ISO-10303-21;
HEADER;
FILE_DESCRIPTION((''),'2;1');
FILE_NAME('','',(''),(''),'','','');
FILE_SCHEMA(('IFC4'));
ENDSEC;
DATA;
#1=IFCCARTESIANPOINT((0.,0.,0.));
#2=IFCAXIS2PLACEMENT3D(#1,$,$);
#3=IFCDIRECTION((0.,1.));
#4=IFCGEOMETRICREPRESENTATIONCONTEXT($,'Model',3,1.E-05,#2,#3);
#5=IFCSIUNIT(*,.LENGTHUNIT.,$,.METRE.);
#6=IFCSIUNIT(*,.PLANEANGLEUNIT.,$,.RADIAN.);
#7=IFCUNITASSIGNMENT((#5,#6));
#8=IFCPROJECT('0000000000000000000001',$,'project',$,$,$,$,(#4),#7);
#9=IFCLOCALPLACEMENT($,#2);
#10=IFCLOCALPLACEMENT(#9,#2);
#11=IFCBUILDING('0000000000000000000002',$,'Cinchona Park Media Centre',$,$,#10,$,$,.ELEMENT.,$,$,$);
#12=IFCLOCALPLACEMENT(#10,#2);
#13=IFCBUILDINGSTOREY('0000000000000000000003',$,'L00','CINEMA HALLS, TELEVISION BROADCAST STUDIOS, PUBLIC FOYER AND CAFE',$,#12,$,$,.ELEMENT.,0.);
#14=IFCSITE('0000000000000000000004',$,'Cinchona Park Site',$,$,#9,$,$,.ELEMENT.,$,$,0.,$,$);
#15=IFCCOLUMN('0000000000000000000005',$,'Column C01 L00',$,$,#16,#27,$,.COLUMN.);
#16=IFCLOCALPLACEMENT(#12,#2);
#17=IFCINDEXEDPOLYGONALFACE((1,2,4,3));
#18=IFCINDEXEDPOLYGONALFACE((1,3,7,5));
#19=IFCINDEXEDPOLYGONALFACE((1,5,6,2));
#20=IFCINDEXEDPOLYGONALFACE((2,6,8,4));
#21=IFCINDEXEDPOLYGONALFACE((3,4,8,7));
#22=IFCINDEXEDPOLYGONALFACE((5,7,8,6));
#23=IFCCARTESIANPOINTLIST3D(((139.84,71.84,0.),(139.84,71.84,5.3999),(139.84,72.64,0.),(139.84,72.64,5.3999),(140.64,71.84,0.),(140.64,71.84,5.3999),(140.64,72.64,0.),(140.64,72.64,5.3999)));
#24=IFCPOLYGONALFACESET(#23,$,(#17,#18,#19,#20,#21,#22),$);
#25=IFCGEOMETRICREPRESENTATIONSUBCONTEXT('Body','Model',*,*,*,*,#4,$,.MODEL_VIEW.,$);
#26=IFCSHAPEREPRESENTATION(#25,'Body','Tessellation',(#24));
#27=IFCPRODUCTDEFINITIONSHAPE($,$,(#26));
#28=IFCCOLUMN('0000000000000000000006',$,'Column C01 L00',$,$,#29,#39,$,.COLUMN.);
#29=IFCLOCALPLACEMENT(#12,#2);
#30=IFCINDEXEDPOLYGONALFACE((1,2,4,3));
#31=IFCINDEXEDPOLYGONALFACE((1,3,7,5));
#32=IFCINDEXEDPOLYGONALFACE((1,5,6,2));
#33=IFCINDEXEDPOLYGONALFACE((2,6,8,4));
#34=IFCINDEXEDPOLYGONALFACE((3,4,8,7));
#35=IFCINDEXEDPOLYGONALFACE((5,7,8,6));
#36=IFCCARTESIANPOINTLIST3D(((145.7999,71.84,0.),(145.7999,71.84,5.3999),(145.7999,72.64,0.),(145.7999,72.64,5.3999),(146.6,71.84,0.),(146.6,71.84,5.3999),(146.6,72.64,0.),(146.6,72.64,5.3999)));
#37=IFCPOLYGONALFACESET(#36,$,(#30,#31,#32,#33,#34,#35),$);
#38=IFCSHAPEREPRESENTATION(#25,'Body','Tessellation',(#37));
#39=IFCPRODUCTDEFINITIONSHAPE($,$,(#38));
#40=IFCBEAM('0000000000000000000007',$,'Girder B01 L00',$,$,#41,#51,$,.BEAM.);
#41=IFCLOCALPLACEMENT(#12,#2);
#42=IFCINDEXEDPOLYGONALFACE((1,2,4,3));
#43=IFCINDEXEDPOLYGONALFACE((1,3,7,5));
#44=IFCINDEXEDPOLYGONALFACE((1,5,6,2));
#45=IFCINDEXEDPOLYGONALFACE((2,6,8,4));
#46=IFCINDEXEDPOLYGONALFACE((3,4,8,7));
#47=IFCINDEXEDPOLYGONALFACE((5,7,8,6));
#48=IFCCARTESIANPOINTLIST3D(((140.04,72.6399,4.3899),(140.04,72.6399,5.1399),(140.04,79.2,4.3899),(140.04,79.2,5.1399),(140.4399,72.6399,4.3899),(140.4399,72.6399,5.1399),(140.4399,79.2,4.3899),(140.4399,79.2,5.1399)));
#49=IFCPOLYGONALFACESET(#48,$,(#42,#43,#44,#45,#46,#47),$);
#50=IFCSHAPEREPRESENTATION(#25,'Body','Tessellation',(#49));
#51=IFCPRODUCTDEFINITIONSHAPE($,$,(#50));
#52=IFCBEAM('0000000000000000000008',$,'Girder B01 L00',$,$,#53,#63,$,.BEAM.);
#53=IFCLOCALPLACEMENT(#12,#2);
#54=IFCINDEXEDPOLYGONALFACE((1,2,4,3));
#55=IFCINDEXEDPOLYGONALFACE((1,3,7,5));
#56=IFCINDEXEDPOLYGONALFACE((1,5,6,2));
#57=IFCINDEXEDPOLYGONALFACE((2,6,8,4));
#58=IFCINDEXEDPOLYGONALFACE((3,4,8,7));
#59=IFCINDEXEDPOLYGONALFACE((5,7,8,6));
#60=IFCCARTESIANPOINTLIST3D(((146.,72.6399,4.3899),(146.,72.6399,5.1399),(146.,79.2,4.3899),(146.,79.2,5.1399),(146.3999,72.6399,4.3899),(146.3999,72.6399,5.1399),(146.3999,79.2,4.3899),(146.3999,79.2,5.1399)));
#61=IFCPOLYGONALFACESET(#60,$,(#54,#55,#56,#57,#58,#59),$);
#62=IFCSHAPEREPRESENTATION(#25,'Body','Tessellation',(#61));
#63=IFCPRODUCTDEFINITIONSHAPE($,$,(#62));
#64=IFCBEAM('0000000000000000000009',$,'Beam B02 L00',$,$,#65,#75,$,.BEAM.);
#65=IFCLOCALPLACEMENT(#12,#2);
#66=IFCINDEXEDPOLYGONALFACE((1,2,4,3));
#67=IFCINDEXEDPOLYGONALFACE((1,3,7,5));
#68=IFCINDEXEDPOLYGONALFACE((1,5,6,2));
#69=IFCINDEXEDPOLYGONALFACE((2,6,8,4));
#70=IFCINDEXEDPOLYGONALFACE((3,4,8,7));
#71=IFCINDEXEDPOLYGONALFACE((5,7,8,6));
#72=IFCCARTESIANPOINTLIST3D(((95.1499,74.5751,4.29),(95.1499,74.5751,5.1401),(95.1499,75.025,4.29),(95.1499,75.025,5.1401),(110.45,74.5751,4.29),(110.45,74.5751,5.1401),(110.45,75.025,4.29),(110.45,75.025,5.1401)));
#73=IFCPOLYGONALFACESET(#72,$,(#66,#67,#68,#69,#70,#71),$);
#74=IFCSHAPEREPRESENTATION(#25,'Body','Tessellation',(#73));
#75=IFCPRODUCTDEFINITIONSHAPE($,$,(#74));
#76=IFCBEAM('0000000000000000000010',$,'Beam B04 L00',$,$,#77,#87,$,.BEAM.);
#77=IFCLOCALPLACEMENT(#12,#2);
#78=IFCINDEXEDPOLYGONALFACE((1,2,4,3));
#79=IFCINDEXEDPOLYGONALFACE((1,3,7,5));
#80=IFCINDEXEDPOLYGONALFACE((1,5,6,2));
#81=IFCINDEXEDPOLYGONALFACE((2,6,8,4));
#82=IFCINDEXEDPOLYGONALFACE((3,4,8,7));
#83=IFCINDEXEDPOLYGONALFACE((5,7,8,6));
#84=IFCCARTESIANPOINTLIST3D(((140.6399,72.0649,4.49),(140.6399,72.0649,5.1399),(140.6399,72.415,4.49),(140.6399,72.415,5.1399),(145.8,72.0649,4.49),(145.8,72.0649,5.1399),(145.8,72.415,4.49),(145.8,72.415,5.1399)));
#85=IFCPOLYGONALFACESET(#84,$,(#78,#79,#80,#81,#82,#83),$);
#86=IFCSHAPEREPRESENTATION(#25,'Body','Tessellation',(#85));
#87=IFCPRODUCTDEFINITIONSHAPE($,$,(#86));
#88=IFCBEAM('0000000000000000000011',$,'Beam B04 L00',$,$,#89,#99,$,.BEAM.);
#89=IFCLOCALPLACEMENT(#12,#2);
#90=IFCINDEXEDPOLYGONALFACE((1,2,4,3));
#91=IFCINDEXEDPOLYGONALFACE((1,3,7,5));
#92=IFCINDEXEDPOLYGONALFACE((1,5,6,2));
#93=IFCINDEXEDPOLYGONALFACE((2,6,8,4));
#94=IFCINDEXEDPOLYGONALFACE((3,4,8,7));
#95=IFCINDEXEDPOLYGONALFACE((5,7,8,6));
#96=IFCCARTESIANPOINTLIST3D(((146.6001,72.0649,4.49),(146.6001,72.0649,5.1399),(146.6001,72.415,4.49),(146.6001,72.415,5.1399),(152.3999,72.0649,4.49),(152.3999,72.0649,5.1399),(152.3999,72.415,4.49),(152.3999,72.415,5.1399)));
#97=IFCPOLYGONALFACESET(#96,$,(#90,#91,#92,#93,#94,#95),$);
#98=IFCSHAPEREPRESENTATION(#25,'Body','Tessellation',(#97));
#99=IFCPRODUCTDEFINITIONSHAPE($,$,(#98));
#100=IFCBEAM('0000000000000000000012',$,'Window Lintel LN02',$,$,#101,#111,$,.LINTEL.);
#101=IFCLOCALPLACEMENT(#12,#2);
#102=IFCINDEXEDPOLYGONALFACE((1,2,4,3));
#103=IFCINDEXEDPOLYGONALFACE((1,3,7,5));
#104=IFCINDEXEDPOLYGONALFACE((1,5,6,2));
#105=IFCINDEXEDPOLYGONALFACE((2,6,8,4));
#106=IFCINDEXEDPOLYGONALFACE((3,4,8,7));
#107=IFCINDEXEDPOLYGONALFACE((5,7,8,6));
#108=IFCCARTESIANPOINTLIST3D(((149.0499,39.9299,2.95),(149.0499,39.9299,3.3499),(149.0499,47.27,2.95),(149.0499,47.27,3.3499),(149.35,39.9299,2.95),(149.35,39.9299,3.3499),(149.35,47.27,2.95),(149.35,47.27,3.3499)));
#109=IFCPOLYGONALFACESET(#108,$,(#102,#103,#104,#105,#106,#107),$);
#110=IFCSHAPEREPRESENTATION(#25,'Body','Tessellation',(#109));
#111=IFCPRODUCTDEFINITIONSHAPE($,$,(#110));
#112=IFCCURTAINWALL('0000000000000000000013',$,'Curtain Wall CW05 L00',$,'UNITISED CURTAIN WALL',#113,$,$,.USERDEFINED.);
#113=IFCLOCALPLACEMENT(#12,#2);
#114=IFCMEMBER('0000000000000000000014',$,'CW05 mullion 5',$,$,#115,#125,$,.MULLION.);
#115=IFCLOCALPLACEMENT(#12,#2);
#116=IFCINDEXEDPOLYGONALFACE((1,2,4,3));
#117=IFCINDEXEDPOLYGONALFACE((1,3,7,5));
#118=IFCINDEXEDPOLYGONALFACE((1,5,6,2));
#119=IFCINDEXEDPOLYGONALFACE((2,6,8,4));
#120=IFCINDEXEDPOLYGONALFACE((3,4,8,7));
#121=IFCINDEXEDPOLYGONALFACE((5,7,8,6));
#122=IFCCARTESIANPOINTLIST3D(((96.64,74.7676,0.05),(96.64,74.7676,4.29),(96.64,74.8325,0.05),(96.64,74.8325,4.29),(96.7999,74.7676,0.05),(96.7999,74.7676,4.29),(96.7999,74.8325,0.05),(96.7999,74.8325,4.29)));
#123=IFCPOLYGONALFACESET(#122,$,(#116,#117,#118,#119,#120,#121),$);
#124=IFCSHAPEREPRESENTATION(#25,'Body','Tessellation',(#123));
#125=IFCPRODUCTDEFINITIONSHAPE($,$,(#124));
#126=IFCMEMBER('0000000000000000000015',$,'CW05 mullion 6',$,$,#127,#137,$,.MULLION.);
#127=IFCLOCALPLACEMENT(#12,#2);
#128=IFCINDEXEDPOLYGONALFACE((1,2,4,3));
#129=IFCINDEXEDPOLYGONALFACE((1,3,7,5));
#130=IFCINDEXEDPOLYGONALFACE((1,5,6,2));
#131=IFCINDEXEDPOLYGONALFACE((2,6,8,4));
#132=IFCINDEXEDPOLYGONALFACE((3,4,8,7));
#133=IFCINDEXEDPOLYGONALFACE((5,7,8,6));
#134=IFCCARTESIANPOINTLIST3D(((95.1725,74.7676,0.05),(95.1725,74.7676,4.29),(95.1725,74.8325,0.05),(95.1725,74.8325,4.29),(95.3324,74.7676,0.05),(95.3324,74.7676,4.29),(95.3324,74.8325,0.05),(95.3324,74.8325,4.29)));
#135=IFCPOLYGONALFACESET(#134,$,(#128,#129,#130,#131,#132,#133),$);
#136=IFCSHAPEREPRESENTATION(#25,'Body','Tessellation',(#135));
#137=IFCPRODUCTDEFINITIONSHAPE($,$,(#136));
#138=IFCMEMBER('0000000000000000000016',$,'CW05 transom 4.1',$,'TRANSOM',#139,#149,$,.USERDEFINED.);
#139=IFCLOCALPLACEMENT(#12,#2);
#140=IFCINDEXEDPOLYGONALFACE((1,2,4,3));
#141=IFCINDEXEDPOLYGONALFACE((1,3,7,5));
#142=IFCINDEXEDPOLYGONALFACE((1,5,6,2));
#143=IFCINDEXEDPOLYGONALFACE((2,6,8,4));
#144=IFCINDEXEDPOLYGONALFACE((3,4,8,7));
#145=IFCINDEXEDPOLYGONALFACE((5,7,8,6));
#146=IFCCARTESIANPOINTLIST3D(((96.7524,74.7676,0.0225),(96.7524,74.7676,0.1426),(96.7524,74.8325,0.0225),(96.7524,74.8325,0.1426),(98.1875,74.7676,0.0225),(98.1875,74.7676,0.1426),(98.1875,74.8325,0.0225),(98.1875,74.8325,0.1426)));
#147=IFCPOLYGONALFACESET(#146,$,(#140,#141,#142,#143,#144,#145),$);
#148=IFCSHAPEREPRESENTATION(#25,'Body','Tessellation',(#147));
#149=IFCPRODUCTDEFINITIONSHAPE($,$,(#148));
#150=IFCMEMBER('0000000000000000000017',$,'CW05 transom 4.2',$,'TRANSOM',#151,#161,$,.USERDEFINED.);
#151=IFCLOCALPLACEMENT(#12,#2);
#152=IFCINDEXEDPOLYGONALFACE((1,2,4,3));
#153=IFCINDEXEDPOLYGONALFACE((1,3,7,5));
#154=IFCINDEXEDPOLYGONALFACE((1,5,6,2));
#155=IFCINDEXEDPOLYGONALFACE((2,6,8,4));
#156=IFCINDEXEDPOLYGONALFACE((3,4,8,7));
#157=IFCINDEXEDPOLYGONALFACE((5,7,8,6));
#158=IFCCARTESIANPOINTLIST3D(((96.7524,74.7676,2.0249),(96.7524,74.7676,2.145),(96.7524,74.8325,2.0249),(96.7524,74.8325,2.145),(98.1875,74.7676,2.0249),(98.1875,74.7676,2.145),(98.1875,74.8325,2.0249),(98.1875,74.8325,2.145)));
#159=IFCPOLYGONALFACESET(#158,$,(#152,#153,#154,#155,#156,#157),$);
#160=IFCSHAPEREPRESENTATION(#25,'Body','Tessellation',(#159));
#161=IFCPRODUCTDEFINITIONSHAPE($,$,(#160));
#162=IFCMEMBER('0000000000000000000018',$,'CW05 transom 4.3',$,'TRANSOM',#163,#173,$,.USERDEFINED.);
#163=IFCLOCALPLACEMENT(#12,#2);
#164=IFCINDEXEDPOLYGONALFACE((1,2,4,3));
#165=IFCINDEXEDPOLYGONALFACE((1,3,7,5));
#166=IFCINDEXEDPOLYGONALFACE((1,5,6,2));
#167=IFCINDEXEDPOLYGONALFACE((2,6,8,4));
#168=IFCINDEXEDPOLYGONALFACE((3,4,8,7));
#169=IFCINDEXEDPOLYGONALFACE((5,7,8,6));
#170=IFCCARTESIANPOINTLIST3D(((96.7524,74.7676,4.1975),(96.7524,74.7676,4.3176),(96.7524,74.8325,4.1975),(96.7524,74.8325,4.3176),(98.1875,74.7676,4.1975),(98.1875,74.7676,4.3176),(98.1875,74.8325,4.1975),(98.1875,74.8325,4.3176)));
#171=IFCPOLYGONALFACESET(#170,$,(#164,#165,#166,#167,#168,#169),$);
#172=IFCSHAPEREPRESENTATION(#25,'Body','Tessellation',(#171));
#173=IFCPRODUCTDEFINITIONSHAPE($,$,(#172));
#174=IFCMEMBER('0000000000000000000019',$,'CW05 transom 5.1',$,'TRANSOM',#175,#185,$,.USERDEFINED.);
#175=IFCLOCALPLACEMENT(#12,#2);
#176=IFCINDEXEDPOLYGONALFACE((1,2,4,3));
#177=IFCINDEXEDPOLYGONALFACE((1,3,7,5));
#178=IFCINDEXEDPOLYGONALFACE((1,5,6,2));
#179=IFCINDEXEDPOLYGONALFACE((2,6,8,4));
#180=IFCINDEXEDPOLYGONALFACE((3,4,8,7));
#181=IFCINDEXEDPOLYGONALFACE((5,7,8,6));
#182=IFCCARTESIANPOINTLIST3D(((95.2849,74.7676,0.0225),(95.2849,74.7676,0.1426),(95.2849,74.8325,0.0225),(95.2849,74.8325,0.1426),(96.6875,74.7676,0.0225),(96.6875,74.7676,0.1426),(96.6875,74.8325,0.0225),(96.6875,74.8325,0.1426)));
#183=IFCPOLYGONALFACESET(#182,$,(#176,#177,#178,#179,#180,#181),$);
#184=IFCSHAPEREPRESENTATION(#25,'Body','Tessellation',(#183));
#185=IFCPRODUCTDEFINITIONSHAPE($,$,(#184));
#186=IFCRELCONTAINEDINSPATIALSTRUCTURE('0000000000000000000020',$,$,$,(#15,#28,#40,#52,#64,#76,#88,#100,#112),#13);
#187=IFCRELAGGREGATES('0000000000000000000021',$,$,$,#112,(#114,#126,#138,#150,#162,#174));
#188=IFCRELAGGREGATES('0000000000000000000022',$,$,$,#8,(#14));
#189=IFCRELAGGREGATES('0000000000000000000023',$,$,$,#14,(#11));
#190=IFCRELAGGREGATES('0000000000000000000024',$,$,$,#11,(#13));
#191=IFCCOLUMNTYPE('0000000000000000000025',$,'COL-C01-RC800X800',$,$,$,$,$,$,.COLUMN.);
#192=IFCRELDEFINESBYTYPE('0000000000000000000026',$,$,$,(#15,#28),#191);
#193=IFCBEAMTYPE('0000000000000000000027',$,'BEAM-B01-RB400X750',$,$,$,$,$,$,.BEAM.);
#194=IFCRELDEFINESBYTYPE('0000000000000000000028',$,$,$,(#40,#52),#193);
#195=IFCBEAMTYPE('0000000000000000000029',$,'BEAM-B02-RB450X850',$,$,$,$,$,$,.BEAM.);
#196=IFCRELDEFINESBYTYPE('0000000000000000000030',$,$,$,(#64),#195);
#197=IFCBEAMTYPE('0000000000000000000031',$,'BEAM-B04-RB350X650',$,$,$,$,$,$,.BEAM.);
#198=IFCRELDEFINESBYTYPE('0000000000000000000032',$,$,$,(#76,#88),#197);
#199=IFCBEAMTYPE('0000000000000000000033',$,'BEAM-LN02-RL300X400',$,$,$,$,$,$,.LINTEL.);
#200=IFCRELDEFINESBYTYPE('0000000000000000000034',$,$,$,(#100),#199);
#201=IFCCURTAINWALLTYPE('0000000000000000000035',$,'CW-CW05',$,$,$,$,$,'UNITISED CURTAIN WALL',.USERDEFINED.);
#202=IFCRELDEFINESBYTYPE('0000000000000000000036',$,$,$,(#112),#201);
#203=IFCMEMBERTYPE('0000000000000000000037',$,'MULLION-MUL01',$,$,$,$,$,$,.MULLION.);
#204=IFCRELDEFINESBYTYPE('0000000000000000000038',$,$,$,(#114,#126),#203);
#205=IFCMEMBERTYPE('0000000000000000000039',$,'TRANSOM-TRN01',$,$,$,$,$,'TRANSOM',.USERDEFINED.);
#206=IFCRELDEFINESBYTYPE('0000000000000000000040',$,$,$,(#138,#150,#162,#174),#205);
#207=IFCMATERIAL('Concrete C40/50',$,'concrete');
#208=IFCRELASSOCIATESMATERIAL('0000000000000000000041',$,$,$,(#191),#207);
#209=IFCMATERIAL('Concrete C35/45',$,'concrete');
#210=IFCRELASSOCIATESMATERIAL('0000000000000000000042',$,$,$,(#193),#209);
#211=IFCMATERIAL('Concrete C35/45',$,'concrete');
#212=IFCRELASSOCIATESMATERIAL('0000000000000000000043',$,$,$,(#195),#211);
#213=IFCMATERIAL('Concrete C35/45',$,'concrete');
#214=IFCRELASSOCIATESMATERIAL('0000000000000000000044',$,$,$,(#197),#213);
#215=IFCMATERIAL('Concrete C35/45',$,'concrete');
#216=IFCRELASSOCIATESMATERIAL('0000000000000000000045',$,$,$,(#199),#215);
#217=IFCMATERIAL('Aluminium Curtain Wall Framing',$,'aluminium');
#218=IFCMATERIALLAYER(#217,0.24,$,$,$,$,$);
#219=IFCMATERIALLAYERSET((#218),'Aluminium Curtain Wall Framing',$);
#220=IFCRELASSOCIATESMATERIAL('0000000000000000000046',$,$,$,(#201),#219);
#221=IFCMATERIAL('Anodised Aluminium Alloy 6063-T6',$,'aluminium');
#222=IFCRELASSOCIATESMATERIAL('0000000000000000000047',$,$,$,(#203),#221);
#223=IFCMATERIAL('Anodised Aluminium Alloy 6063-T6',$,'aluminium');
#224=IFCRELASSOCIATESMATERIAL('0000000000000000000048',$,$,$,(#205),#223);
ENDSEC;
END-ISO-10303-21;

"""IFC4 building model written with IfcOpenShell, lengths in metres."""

from ifc_helpers import new_model, si_unit, direction, frame, origin, origin_2d, place, context, subcontext, project, spatial, rectangle, extrude, material, layer, layer_set, material_profile, profile_set, type_object, element, aggregate, save


model = new_model("IFC4")

# Units and contexts
model_context = context("Model", 3, precision=1e-05, world=origin(), true_north=direction((0.0, 1.0)))
body_context = subcontext(model_context, "Body", "Model", "MODEL_VIEW")
ifc_project = project(units=[si_unit("LENGTHUNIT", "METRE"), si_unit("PLANEANGLEUNIT", "RADIAN")], contexts=[model_context])

# Site, building, storey
site_placement = place(None, origin())
site = spatial("IfcSite", under=ifc_project, at=site_placement, Name="Cinchona Park Site", CompositionType="ELEMENT", RefElevation=0.0)
building_placement = place(site_placement, origin())
building = spatial("IfcBuilding", under=site, at=building_placement, Name="Cinchona Park Media Centre", CompositionType="ELEMENT")
storey_placement = place(building_placement, origin())
storey = spatial("IfcBuildingStorey", under=building, at=storey_placement, Name="L00", Description="CINEMA HALLS, TELEVISION BROADCAST STUDIOS, PUBLIC FOYER AND CAFE", CompositionType="ELEMENT", Elevation=0.0)

# Columns
ifc_material_1 = material(Name="Concrete C40/50", Category="concrete")
ifc_material_profile_1 = material_profile(ifc_material_1, rectangle(XDim=0.8, YDim=0.8, at=origin_2d()), Name="RC 800X800")
ifc_profile_set_1 = profile_set([ifc_material_profile_1], Name="Concrete C40/50")
column_type = type_object("IfcColumnType", Name="COL-C01-RC800X800", PredefinedType="COLUMN", material=ifc_profile_set_1)
for number, where, z_axis, x_axis, name in (
    (1, (140.24, 72.24, 0.0), (0.0, 0.0, 1.0), (1.0, 0.0, 0.0), "Column C01 L00"),
    (2, (146.2, 72.24, 0.0), (0.0, 0.0, 1.0), (1.0, 0.0, 0.0), "Column C01 L00"),
):
    element("IfcColumn", number, at=place(storey_placement, frame(where, z_axis=z_axis, x_axis=x_axis)), inside=storey, type_object=column_type, Name=name, PredefinedType="COLUMN", context=body_context, shape_type="SweptSolid", body=[
        extrude(rectangle(XDim=0.8, YDim=0.8, at=origin_2d()), origin(), (0.0, 0.0, 1.0), 5.3999),
    ])

# Beams
ifc_material_2 = material(Name="Concrete C35/45", Category="concrete")
ifc_material_profile_2 = material_profile(ifc_material_2, rectangle(XDim=0.3999, YDim=0.75, at=origin_2d()), Name="RB 400X750")
ifc_profile_set_2 = profile_set([ifc_material_profile_2], Name="Concrete C35/45")
beam_type_1 = type_object("IfcBeamType", Name="BEAM-B01-RB400X750", PredefinedType="BEAM", material=ifc_profile_set_2)
for number, where, z_axis, x_axis, name in (
    (3, (140.24, 72.6399, 4.7649), (0.0, 1.0, 0.0), (-1.0, 0.0, 0.0), "Girder B01 L00"),
    (4, (146.2, 72.6399, 4.7649), (0.0, 1.0, 0.0), (-1.0, 0.0, 0.0), "Girder B01 L00"),
):
    element("IfcBeam", number, at=place(storey_placement, frame(where, z_axis=z_axis, x_axis=x_axis)), inside=storey, type_object=beam_type_1, Name=name, PredefinedType="BEAM", context=body_context, shape_type="SweptSolid", body=[
        extrude(rectangle(XDim=0.3999, YDim=0.75, at=origin_2d()), origin(), (0.0, 0.0, 1.0), 6.5601),
    ])
ifc_material_3 = material(Name="Concrete C35/45", Category="concrete")
ifc_material_profile_3 = material_profile(ifc_material_3, rectangle(XDim=0.45, YDim=0.8501, at=origin_2d()), Name="RB 450X850")
ifc_profile_set_3 = profile_set([ifc_material_profile_3], Name="Concrete C35/45")
beam_type_2 = type_object("IfcBeamType", Name="BEAM-B02-RB450X850", PredefinedType="BEAM", material=ifc_profile_set_3)
beam_1_placement = place(storey_placement, frame((95.1499, 74.8, 4.7151), z_axis=(1.0, 0.0, 0.0), x_axis=(0.0, 1.0, 0.0)))
element("IfcBeam", 5, at=beam_1_placement, inside=storey, type_object=beam_type_2, Name="Beam B02 L00", PredefinedType="BEAM", context=body_context, shape_type="SweptSolid", body=[
    extrude(rectangle(XDim=0.45, YDim=0.8501, at=origin_2d()), origin(), (0.0, 0.0, 1.0), 15.3),
])
ifc_material_4 = material(Name="Concrete C35/45", Category="concrete")
ifc_material_profile_4 = material_profile(ifc_material_4, rectangle(XDim=0.3501, YDim=0.6499, at=origin_2d()), Name="RB 350X650")
ifc_profile_set_4 = profile_set([ifc_material_profile_4], Name="Concrete C35/45")
beam_type_3 = type_object("IfcBeamType", Name="BEAM-B04-RB350X650", PredefinedType="BEAM", material=ifc_profile_set_4)
beam_2_placement = place(storey_placement, frame((140.6399, 72.24, 4.8149), z_axis=(1.0, 0.0, 0.0), x_axis=(0.0, 1.0, 0.0)))
element("IfcBeam", 6, at=beam_2_placement, inside=storey, type_object=beam_type_3, Name="Beam B04 L00", PredefinedType="BEAM", context=body_context, shape_type="SweptSolid", body=[
    extrude(rectangle(XDim=0.3501, YDim=0.6499, at=origin_2d()), origin(), (0.0, 0.0, 1.0), 5.1602),
])
beam_3_placement = place(storey_placement, frame((146.6001, 72.24, 4.8149), z_axis=(1.0, 0.0, 0.0), x_axis=(0.0, 1.0, 0.0)))
element("IfcBeam", 7, at=beam_3_placement, inside=storey, type_object=beam_type_3, Name="Beam B04 L00", PredefinedType="BEAM", context=body_context, shape_type="SweptSolid", body=[
    extrude(rectangle(XDim=0.3501, YDim=0.6499, at=origin_2d()), origin(), (0.0, 0.0, 1.0), 5.7998),
])
ifc_material_5 = material(Name="Concrete C35/45", Category="concrete")
ifc_material_profile_5 = material_profile(ifc_material_5, rectangle(XDim=0.3, YDim=0.3999, at=origin_2d()), Name="RL 300X400")
ifc_profile_set_5 = profile_set([ifc_material_profile_5], Name="Concrete C35/45")
beam_type_4 = type_object("IfcBeamType", Name="BEAM-LN02-RL300X400", PredefinedType="LINTEL", material=ifc_profile_set_5)
beam_4_placement = place(storey_placement, frame((149.2, 39.9299, 3.1499), z_axis=(0.0, 1.0, 0.0), x_axis=(-1.0, 0.0, 0.0)))
element("IfcBeam", 8, at=beam_4_placement, inside=storey, type_object=beam_type_4, Name="Window Lintel LN02", PredefinedType="LINTEL", context=body_context, shape_type="SweptSolid", body=[
    extrude(rectangle(XDim=0.3, YDim=0.3999, at=origin_2d()), origin(), (0.0, 0.0, 1.0), 7.3401),
])

# Curtain wall, members
ifc_material_6 = material(Name="Aluminium Curtain Wall Framing", Category="aluminium")
ifc_layer_1 = layer(ifc_material_6, 0.24)
ifc_layer_set_1 = layer_set([ifc_layer_1], Name="Aluminium Curtain Wall Framing")
curtain_wall_type = type_object("IfcCurtainWallType", Name="CW-CW05", ElementType="UNITISED CURTAIN WALL", PredefinedType="USERDEFINED", material=ifc_layer_set_1)
curtain_wall_placement = place(storey_placement, origin())
curtain_wall = element("IfcCurtainWall", 9, at=curtain_wall_placement, inside=storey, type_object=curtain_wall_type, Name="Curtain Wall CW05 L00", ObjectType="UNITISED CURTAIN WALL", PredefinedType="USERDEFINED")
ifc_material_7 = material(Name="Anodised Aluminium Alloy 6063-T6", Category="aluminium")
ifc_material_profile_6 = material_profile(ifc_material_7, rectangle(XDim=0.0649, YDim=0.1599, at=origin_2d()), Name="MUL-65X160")
ifc_profile_set_6 = profile_set([ifc_material_profile_6], Name="Anodised Aluminium Alloy 6063-T6")
member_type_1 = type_object("IfcMemberType", Name="MULLION-MUL01", PredefinedType="MULLION", material=ifc_profile_set_6)
member_1_placement = place(storey_placement, frame((96.72, 74.8, 0.05), z_axis=(0.0, 0.0, 1.0), x_axis=(0.0, -1.0, 0.0)))
member_1 = element("IfcMember", 10, at=member_1_placement, type_object=member_type_1, Name="CW05 mullion 5", PredefinedType="MULLION", context=body_context, shape_type="SweptSolid", body=[
    extrude(rectangle(XDim=0.0649, YDim=0.1599, at=origin_2d()), origin(), (0.0, 0.0, 1.0), 4.24),
])
member_2_placement = place(storey_placement, frame((95.2524, 74.8, 0.05), z_axis=(0.0, 0.0, 1.0), x_axis=(0.0, -1.0, 0.0)))
member_2 = element("IfcMember", 11, at=member_2_placement, type_object=member_type_1, Name="CW05 mullion 6", PredefinedType="MULLION", context=body_context, shape_type="SweptSolid", body=[
    extrude(rectangle(XDim=0.0649, YDim=0.1599, at=origin_2d()), origin(), (0.0, 0.0, 1.0), 4.24),
])
ifc_material_8 = material(Name="Anodised Aluminium Alloy 6063-T6", Category="aluminium")
ifc_material_profile_7 = material_profile(ifc_material_8, rectangle(XDim=0.0649, YDim=0.1201, at=origin_2d()), Name="TRN-65X120")
ifc_profile_set_7 = profile_set([ifc_material_profile_7], Name="Anodised Aluminium Alloy 6063-T6")
member_type_2 = type_object("IfcMemberType", Name="TRANSOM-TRN01", ElementType="TRANSOM", PredefinedType="USERDEFINED", material=ifc_profile_set_7)
member_3_placement = place(storey_placement, frame((98.1875, 74.8, 0.0825), z_axis=(-1.0, 0.0, 0.0), x_axis=(0.0, -1.0, 0.0)))
member_3 = element("IfcMember", 12, at=member_3_placement, type_object=member_type_2, Name="CW05 transom 4.1", ObjectType="TRANSOM", PredefinedType="USERDEFINED", context=body_context, shape_type="SweptSolid", body=[
    extrude(rectangle(XDim=0.0649, YDim=0.1201, at=origin_2d()), origin(), (0.0, 0.0, 1.0), 1.4351),
])
member_4_placement = place(storey_placement, frame((98.1875, 74.8, 2.085), z_axis=(-1.0, 0.0, 0.0), x_axis=(0.0, -1.0, 0.0)))
member_4 = element("IfcMember", 13, at=member_4_placement, type_object=member_type_2, Name="CW05 transom 4.2", ObjectType="TRANSOM", PredefinedType="USERDEFINED", context=body_context, shape_type="SweptSolid", body=[
    extrude(rectangle(XDim=0.0649, YDim=0.1201, at=origin_2d()), origin(), (0.0, 0.0, 1.0), 1.4351),
])
member_5_placement = place(storey_placement, frame((98.1875, 74.8, 4.2576), z_axis=(-1.0, 0.0, 0.0), x_axis=(0.0, -1.0, 0.0)))
member_5 = element("IfcMember", 14, at=member_5_placement, type_object=member_type_2, Name="CW05 transom 4.3", ObjectType="TRANSOM", PredefinedType="USERDEFINED", context=body_context, shape_type="SweptSolid", body=[
    extrude(rectangle(XDim=0.0649, YDim=0.1201, at=origin_2d()), origin(), (0.0, 0.0, 1.0), 1.4351),
])
member_6_placement = place(storey_placement, frame((96.6875, 74.8, 0.0825), z_axis=(-1.0, 0.0, 0.0), x_axis=(0.0, -1.0, 0.0)))
member_6 = element("IfcMember", 15, at=member_6_placement, type_object=member_type_2, Name="CW05 transom 5.1", ObjectType="TRANSOM", PredefinedType="USERDEFINED", context=body_context, shape_type="SweptSolid", body=[
    extrude(rectangle(XDim=0.0649, YDim=0.1201, at=origin_2d()), origin(), (0.0, 0.0, 1.0), 1.4026),
])
aggregate(curtain_wall, [member_1, member_2, member_3, member_4, member_5, member_6])

save(model, "model.ifc")
